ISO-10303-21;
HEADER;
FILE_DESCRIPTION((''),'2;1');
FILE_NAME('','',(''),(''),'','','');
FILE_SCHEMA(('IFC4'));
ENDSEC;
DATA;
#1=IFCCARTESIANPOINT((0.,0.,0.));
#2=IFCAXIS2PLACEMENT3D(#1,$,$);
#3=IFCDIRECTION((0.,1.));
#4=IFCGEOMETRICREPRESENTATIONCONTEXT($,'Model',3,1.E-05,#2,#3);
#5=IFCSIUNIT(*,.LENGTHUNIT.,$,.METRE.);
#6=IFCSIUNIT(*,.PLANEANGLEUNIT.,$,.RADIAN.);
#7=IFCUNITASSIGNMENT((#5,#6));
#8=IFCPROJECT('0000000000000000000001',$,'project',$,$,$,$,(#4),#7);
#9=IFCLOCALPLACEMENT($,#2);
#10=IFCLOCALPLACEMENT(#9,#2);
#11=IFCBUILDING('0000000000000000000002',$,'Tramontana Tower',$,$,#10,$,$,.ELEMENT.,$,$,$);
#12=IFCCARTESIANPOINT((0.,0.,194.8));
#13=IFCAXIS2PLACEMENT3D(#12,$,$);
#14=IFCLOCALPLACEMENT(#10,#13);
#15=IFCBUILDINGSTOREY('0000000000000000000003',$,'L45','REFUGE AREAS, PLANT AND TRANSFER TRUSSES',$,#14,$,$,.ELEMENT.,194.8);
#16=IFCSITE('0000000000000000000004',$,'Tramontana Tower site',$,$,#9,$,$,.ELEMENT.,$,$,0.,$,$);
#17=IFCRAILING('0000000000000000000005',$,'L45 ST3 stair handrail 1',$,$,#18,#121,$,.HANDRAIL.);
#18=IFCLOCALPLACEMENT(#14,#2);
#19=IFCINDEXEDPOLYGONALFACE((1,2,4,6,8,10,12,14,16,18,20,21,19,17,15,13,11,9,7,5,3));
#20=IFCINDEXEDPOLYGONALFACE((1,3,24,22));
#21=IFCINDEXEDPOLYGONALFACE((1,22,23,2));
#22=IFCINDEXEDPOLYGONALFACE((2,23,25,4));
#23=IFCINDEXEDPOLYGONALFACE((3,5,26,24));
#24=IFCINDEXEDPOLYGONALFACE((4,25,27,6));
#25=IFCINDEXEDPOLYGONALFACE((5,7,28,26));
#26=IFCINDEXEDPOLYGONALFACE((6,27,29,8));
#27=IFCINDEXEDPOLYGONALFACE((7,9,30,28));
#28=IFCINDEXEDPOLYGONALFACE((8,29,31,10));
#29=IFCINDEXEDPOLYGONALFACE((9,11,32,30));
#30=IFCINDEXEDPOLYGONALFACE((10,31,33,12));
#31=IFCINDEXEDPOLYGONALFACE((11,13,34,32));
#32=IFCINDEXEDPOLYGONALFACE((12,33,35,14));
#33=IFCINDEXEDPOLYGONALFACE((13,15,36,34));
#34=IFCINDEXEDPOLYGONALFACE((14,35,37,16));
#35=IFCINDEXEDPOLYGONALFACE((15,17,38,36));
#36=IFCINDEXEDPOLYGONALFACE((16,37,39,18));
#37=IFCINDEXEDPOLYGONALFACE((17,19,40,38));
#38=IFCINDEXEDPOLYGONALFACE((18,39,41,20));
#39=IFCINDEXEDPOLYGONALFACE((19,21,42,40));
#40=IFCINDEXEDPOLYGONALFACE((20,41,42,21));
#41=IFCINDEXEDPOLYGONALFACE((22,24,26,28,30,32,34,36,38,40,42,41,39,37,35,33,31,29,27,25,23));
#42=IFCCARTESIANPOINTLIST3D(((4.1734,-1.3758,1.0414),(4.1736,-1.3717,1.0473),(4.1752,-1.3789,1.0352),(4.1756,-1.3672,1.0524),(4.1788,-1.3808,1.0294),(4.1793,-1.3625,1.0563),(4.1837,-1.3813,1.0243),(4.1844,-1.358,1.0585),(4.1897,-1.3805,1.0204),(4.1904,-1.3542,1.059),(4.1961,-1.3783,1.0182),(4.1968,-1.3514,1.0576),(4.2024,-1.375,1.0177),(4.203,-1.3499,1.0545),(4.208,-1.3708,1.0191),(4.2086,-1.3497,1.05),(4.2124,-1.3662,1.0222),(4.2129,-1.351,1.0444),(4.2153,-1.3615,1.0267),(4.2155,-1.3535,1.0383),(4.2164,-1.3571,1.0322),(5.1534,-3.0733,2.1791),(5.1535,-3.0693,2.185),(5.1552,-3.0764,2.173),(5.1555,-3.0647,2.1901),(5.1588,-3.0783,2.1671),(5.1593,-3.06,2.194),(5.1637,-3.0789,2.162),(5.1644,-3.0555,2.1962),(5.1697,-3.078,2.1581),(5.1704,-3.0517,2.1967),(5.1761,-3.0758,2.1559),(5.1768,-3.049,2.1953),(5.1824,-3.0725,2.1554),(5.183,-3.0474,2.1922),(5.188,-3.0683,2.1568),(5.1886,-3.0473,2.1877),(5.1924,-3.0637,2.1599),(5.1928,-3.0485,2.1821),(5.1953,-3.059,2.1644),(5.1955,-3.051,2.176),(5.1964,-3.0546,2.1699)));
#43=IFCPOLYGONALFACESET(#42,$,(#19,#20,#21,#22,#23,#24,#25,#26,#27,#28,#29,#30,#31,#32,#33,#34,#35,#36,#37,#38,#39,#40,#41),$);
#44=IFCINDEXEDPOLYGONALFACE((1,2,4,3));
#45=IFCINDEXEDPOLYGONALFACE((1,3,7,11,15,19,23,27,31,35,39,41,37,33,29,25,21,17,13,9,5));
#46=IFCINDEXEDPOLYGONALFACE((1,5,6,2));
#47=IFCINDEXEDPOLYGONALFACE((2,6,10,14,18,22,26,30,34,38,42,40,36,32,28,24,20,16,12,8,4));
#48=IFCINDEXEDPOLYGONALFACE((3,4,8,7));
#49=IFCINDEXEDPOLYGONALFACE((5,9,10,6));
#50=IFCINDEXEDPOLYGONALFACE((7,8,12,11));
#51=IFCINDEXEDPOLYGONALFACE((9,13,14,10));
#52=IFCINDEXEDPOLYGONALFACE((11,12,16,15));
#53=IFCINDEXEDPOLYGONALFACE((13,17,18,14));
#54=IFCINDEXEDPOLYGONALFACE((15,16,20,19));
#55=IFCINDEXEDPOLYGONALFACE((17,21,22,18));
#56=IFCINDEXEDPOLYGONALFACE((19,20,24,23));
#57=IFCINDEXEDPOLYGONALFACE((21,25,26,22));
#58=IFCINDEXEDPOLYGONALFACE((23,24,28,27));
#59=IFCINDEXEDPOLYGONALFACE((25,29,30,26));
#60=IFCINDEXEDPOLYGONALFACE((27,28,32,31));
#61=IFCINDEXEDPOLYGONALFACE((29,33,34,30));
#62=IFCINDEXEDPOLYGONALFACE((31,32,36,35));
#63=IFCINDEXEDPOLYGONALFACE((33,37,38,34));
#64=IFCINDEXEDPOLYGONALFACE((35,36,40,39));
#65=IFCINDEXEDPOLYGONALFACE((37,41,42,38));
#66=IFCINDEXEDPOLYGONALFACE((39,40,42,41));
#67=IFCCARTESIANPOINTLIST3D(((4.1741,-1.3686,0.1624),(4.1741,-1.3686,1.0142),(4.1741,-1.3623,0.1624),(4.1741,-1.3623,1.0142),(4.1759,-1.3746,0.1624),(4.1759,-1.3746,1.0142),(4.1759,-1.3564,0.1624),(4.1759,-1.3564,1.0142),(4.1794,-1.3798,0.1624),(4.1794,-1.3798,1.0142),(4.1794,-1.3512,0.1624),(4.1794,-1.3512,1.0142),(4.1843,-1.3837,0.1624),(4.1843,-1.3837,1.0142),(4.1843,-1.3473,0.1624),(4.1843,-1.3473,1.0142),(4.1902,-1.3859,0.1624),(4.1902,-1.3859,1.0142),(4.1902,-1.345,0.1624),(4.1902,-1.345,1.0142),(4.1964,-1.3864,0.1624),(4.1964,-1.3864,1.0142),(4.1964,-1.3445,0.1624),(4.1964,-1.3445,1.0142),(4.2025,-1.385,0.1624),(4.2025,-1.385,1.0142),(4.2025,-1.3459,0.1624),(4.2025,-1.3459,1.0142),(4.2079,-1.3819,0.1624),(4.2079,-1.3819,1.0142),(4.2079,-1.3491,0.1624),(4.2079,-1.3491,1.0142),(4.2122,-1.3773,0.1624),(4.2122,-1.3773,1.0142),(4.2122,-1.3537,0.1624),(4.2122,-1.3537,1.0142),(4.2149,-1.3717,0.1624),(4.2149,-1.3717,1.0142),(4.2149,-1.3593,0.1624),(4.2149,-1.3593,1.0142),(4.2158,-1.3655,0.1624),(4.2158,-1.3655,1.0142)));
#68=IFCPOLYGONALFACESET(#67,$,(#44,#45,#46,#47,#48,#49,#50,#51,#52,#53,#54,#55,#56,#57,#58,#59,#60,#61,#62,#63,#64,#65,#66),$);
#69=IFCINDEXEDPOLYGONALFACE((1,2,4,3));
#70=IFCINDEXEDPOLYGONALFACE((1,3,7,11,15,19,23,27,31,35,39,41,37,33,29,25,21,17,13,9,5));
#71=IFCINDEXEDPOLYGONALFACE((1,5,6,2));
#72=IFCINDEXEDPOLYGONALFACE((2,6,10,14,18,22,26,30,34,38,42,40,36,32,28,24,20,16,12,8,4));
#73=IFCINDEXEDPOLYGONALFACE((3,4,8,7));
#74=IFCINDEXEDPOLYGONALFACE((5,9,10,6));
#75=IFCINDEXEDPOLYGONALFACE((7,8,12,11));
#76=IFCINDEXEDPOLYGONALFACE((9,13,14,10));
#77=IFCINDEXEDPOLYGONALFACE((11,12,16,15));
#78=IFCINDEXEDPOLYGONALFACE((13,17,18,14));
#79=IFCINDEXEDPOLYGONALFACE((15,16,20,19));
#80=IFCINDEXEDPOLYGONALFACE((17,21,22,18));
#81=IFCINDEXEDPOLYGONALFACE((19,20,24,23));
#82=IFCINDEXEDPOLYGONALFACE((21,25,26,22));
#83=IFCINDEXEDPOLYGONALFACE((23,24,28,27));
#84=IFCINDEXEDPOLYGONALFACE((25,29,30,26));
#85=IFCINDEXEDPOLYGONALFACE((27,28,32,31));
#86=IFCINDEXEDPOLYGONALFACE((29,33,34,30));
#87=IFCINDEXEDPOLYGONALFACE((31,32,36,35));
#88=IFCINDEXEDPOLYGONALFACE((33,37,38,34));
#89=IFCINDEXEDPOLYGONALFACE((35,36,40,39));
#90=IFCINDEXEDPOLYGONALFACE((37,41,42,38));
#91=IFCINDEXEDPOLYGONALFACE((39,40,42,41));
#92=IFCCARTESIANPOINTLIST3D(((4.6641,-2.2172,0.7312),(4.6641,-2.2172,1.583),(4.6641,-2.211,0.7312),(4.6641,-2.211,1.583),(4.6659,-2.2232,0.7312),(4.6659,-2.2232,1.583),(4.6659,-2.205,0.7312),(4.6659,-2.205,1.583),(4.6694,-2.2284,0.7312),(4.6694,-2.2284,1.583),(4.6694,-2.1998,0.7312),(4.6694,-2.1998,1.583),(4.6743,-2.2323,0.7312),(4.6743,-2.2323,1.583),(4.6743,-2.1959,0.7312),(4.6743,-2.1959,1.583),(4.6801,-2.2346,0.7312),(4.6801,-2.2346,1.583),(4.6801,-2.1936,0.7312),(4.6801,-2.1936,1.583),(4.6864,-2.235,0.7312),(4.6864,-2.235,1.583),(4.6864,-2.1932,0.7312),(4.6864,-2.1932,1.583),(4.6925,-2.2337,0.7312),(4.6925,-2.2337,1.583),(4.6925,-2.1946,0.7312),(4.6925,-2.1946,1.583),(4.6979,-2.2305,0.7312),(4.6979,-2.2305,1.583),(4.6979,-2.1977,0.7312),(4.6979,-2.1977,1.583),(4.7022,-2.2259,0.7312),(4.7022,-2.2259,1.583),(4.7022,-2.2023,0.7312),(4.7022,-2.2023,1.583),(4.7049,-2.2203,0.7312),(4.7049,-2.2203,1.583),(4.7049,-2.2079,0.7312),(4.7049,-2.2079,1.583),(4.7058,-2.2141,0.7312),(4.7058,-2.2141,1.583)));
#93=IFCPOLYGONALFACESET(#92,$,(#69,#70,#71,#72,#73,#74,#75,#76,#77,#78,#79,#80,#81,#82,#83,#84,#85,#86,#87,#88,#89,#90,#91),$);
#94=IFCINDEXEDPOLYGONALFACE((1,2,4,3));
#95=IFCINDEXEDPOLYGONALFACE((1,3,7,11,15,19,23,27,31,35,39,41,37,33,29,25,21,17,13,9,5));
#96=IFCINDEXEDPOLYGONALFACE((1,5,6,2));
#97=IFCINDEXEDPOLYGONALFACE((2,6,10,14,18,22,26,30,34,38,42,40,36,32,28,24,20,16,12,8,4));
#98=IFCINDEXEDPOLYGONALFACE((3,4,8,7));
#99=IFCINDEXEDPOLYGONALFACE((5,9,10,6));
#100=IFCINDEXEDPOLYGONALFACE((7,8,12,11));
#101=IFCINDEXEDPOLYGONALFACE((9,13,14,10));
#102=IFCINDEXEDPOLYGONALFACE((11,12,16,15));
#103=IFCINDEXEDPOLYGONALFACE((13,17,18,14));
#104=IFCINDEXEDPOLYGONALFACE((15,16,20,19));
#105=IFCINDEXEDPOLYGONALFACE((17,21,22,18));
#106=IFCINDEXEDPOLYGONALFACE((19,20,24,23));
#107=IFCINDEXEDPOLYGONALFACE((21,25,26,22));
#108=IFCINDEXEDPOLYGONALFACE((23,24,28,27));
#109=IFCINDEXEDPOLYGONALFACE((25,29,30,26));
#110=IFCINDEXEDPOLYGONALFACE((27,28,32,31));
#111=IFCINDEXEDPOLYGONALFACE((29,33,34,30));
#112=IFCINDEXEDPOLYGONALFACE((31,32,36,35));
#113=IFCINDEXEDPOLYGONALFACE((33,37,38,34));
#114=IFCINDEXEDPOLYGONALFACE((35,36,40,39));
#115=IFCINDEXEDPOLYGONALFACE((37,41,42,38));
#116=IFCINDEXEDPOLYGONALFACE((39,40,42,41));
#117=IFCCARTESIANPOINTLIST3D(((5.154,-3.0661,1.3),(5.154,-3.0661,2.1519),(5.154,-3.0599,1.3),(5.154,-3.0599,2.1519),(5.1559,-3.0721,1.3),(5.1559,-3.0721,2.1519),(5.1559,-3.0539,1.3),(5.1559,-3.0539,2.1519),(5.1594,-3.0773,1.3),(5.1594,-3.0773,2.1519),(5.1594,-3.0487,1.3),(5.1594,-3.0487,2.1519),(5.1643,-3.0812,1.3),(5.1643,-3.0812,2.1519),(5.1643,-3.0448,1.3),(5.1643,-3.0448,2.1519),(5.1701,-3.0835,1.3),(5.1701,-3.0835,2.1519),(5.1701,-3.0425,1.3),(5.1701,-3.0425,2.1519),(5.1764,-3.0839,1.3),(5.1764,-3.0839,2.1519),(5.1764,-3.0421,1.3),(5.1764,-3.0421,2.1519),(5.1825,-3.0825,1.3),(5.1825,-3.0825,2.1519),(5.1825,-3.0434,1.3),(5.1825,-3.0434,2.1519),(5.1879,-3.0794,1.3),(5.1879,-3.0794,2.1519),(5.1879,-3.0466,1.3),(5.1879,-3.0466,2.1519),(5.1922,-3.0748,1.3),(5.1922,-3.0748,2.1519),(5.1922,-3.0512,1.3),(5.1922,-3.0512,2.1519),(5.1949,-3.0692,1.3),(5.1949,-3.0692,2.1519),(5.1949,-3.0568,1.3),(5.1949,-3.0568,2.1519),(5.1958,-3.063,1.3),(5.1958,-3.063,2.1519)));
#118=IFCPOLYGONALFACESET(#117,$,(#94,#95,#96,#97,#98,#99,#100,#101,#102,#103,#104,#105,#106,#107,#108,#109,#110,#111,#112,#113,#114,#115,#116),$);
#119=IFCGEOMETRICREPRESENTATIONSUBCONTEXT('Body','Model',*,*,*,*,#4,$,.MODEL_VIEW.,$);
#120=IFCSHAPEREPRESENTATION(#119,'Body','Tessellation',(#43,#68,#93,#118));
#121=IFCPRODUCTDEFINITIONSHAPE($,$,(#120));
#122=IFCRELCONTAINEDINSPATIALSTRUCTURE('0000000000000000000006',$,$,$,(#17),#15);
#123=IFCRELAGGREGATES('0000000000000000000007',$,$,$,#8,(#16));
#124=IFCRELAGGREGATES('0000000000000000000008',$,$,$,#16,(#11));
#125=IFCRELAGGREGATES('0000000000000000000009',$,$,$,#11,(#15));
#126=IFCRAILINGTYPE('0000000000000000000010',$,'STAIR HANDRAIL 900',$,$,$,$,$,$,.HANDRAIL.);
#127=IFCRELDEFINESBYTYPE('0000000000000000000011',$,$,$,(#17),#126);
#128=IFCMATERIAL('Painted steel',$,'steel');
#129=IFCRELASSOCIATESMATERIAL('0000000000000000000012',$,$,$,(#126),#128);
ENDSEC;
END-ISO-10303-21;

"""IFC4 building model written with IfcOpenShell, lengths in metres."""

from ifc_helpers import new_model, si_unit, direction, frame, origin, origin_2d, place, context, subcontext, project, spatial, circle, extrude, material, type_object, element, save


model = new_model("IFC4")

# Units and contexts
model_context = context("Model", 3, precision=1e-05, world=origin(), true_north=direction((0.0, 1.0)))
body_context = subcontext(model_context, "Body", "Model", "MODEL_VIEW")
ifc_project = project(units=[si_unit("LENGTHUNIT", "METRE"), si_unit("PLANEANGLEUNIT", "RADIAN")], contexts=[model_context])

# Site, building, storey
site_placement = place(None, origin())
site = spatial("IfcSite", under=ifc_project, at=site_placement, Name="Tramontana Tower site", CompositionType="ELEMENT", RefElevation=0.0)
building_placement = place(site_placement, origin())
building = spatial("IfcBuilding", under=site, at=building_placement, Name="Tramontana Tower", CompositionType="ELEMENT")
storey_placement = place(building_placement, frame((0.0, 0.0, 194.8)))
storey = spatial("IfcBuildingStorey", under=building, at=storey_placement, Name="L45", Description="REFUGE AREAS, PLANT AND TRANSFER TRUSSES", CompositionType="ELEMENT", Elevation=194.8)

# Railing
ifc_material_1 = material(Name="Painted steel", Category="steel")
railing_type = type_object("IfcRailingType", Name="STAIR HANDRAIL 900", PredefinedType="HANDRAIL", material=ifc_material_1)
railing_1_placement = place(storey_placement, frame((4.1948, -1.3655, 0.1624)))
element("IfcRailing", 1, at=railing_1_placement, inside=storey, type_object=railing_type, Name="L45 ST3 stair handrail 1", PredefinedType="HANDRAIL", context=body_context, shape_type="SweptSolid", body=[
    extrude(circle(Radius=0.0239, at=origin_2d()), frame((0.0, 0.0, 0.876), z_axis=(0.432409, -0.749013, 0.501999), x_axis=(0.866042, 0.49997, 0.0)), (0.0, 0.0, 1.0), 2.2664),
    extrude(circle(Radius=0.021, at=origin_2d()), origin(), (0.0, 0.0, 1.0), 0.8518),
    extrude(circle(Radius=0.021, at=origin_2d()), frame((0.49, -0.8486, 0.5688)), (0.0, 0.0, 1.0), 0.8518),
    extrude(circle(Radius=0.021, at=origin_2d()), frame((0.98, -1.6975, 1.1377)), (0.0, 0.0, 1.0), 0.8518),
])

save(model, "model.ifc")
